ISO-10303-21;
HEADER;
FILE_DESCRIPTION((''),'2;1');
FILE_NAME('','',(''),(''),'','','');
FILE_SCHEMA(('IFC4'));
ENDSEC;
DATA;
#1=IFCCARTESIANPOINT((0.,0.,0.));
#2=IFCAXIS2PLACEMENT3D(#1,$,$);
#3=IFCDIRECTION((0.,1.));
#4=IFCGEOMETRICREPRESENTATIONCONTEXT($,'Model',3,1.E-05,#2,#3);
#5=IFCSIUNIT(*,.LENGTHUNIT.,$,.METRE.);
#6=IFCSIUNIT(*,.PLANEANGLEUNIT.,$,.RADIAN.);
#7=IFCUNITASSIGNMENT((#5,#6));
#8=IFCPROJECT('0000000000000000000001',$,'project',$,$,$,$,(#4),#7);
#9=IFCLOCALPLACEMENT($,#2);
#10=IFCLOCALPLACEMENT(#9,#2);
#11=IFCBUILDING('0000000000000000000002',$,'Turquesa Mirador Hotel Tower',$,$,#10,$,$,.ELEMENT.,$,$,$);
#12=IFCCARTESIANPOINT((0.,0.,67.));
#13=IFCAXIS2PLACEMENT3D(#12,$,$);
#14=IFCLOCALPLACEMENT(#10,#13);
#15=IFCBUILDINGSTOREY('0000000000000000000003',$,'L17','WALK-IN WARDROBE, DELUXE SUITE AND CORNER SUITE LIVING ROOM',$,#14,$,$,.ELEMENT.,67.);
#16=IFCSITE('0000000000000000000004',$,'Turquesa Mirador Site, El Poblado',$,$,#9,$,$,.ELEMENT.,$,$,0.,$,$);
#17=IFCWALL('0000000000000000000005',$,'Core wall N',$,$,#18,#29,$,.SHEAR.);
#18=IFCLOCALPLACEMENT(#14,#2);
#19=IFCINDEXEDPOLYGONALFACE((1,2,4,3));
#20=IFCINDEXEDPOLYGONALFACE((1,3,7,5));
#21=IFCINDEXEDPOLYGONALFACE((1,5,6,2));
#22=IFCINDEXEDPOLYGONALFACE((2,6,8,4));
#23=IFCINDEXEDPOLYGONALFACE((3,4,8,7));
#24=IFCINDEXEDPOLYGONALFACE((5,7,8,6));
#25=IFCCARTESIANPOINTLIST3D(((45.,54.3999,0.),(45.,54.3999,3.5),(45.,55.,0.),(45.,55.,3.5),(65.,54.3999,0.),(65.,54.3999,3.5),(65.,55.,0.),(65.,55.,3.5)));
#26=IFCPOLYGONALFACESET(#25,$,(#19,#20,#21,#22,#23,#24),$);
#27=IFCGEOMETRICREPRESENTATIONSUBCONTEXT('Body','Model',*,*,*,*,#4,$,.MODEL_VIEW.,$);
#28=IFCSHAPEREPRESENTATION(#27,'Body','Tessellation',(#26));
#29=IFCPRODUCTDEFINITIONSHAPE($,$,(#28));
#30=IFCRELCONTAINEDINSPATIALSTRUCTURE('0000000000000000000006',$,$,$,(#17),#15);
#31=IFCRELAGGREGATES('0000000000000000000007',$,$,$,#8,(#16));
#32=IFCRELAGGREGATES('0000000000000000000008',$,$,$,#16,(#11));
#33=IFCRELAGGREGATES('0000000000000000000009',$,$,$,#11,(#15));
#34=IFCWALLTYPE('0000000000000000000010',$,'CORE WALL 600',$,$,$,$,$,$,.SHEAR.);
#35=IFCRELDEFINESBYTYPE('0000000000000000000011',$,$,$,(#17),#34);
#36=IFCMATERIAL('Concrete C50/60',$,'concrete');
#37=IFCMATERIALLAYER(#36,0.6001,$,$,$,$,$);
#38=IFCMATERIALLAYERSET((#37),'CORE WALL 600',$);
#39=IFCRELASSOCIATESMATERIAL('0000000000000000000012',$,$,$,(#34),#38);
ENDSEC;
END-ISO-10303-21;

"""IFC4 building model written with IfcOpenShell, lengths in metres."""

from ifc_helpers import new_model, si_unit, direction, frame, frame_2d, origin, place, context, subcontext, project, spatial, rectangle, extrude, material, layer, layer_set, type_object, element, save


model = new_model("IFC4")

# Units and contexts
model_context = context("Model", 3, precision=1e-05, world=origin(), true_north=direction((0.0, 1.0)))
body_context = subcontext(model_context, "Body", "Model", "MODEL_VIEW")
ifc_project = project(units=[si_unit("LENGTHUNIT", "METRE"), si_unit("PLANEANGLEUNIT", "RADIAN")], contexts=[model_context])

# Site, building, storey
site_placement = place(None, origin())
site = spatial("IfcSite", under=ifc_project, at=site_placement, Name="Turquesa Mirador Site, El Poblado", CompositionType="ELEMENT", RefElevation=0.0)
building_placement = place(site_placement, origin())
building = spatial("IfcBuilding", under=site, at=building_placement, Name="Turquesa Mirador Hotel Tower", CompositionType="ELEMENT")
storey_placement = place(building_placement, frame((0.0, 0.0, 67.0)))
storey = spatial("IfcBuildingStorey", under=building, at=storey_placement, Name="L17", Description="WALK-IN WARDROBE, DELUXE SUITE AND CORNER SUITE LIVING ROOM", CompositionType="ELEMENT", Elevation=67.0)

# Wall
ifc_material_1 = material(Name="Concrete C50/60", Category="concrete")
ifc_layer_1 = layer(ifc_material_1, 0.6001)
ifc_layer_set_1 = layer_set([ifc_layer_1], Name="CORE WALL 600")
wall_type_1 = type_object("IfcWallType", Name="CORE WALL 600", PredefinedType="SHEAR", material=ifc_layer_set_1)
wall_1_placement = place(storey_placement, frame((45.0, 54.7, 0.0), z_axis=(0.0, 0.0, 1.0), x_axis=(1.0, 0.0, 0.0)))
element("IfcWall", 1, at=wall_1_placement, inside=storey, type_object=wall_type_1, Name="Core wall N", PredefinedType="SHEAR", context=body_context, shape_type="SweptSolid", body=[
    extrude(rectangle(XDim=20.0, YDim=0.6001, at=frame_2d((10.0, 0.0))), origin(), (0.0, 0.0, 1.0), 3.5),
])

save(model, "model.ifc")
